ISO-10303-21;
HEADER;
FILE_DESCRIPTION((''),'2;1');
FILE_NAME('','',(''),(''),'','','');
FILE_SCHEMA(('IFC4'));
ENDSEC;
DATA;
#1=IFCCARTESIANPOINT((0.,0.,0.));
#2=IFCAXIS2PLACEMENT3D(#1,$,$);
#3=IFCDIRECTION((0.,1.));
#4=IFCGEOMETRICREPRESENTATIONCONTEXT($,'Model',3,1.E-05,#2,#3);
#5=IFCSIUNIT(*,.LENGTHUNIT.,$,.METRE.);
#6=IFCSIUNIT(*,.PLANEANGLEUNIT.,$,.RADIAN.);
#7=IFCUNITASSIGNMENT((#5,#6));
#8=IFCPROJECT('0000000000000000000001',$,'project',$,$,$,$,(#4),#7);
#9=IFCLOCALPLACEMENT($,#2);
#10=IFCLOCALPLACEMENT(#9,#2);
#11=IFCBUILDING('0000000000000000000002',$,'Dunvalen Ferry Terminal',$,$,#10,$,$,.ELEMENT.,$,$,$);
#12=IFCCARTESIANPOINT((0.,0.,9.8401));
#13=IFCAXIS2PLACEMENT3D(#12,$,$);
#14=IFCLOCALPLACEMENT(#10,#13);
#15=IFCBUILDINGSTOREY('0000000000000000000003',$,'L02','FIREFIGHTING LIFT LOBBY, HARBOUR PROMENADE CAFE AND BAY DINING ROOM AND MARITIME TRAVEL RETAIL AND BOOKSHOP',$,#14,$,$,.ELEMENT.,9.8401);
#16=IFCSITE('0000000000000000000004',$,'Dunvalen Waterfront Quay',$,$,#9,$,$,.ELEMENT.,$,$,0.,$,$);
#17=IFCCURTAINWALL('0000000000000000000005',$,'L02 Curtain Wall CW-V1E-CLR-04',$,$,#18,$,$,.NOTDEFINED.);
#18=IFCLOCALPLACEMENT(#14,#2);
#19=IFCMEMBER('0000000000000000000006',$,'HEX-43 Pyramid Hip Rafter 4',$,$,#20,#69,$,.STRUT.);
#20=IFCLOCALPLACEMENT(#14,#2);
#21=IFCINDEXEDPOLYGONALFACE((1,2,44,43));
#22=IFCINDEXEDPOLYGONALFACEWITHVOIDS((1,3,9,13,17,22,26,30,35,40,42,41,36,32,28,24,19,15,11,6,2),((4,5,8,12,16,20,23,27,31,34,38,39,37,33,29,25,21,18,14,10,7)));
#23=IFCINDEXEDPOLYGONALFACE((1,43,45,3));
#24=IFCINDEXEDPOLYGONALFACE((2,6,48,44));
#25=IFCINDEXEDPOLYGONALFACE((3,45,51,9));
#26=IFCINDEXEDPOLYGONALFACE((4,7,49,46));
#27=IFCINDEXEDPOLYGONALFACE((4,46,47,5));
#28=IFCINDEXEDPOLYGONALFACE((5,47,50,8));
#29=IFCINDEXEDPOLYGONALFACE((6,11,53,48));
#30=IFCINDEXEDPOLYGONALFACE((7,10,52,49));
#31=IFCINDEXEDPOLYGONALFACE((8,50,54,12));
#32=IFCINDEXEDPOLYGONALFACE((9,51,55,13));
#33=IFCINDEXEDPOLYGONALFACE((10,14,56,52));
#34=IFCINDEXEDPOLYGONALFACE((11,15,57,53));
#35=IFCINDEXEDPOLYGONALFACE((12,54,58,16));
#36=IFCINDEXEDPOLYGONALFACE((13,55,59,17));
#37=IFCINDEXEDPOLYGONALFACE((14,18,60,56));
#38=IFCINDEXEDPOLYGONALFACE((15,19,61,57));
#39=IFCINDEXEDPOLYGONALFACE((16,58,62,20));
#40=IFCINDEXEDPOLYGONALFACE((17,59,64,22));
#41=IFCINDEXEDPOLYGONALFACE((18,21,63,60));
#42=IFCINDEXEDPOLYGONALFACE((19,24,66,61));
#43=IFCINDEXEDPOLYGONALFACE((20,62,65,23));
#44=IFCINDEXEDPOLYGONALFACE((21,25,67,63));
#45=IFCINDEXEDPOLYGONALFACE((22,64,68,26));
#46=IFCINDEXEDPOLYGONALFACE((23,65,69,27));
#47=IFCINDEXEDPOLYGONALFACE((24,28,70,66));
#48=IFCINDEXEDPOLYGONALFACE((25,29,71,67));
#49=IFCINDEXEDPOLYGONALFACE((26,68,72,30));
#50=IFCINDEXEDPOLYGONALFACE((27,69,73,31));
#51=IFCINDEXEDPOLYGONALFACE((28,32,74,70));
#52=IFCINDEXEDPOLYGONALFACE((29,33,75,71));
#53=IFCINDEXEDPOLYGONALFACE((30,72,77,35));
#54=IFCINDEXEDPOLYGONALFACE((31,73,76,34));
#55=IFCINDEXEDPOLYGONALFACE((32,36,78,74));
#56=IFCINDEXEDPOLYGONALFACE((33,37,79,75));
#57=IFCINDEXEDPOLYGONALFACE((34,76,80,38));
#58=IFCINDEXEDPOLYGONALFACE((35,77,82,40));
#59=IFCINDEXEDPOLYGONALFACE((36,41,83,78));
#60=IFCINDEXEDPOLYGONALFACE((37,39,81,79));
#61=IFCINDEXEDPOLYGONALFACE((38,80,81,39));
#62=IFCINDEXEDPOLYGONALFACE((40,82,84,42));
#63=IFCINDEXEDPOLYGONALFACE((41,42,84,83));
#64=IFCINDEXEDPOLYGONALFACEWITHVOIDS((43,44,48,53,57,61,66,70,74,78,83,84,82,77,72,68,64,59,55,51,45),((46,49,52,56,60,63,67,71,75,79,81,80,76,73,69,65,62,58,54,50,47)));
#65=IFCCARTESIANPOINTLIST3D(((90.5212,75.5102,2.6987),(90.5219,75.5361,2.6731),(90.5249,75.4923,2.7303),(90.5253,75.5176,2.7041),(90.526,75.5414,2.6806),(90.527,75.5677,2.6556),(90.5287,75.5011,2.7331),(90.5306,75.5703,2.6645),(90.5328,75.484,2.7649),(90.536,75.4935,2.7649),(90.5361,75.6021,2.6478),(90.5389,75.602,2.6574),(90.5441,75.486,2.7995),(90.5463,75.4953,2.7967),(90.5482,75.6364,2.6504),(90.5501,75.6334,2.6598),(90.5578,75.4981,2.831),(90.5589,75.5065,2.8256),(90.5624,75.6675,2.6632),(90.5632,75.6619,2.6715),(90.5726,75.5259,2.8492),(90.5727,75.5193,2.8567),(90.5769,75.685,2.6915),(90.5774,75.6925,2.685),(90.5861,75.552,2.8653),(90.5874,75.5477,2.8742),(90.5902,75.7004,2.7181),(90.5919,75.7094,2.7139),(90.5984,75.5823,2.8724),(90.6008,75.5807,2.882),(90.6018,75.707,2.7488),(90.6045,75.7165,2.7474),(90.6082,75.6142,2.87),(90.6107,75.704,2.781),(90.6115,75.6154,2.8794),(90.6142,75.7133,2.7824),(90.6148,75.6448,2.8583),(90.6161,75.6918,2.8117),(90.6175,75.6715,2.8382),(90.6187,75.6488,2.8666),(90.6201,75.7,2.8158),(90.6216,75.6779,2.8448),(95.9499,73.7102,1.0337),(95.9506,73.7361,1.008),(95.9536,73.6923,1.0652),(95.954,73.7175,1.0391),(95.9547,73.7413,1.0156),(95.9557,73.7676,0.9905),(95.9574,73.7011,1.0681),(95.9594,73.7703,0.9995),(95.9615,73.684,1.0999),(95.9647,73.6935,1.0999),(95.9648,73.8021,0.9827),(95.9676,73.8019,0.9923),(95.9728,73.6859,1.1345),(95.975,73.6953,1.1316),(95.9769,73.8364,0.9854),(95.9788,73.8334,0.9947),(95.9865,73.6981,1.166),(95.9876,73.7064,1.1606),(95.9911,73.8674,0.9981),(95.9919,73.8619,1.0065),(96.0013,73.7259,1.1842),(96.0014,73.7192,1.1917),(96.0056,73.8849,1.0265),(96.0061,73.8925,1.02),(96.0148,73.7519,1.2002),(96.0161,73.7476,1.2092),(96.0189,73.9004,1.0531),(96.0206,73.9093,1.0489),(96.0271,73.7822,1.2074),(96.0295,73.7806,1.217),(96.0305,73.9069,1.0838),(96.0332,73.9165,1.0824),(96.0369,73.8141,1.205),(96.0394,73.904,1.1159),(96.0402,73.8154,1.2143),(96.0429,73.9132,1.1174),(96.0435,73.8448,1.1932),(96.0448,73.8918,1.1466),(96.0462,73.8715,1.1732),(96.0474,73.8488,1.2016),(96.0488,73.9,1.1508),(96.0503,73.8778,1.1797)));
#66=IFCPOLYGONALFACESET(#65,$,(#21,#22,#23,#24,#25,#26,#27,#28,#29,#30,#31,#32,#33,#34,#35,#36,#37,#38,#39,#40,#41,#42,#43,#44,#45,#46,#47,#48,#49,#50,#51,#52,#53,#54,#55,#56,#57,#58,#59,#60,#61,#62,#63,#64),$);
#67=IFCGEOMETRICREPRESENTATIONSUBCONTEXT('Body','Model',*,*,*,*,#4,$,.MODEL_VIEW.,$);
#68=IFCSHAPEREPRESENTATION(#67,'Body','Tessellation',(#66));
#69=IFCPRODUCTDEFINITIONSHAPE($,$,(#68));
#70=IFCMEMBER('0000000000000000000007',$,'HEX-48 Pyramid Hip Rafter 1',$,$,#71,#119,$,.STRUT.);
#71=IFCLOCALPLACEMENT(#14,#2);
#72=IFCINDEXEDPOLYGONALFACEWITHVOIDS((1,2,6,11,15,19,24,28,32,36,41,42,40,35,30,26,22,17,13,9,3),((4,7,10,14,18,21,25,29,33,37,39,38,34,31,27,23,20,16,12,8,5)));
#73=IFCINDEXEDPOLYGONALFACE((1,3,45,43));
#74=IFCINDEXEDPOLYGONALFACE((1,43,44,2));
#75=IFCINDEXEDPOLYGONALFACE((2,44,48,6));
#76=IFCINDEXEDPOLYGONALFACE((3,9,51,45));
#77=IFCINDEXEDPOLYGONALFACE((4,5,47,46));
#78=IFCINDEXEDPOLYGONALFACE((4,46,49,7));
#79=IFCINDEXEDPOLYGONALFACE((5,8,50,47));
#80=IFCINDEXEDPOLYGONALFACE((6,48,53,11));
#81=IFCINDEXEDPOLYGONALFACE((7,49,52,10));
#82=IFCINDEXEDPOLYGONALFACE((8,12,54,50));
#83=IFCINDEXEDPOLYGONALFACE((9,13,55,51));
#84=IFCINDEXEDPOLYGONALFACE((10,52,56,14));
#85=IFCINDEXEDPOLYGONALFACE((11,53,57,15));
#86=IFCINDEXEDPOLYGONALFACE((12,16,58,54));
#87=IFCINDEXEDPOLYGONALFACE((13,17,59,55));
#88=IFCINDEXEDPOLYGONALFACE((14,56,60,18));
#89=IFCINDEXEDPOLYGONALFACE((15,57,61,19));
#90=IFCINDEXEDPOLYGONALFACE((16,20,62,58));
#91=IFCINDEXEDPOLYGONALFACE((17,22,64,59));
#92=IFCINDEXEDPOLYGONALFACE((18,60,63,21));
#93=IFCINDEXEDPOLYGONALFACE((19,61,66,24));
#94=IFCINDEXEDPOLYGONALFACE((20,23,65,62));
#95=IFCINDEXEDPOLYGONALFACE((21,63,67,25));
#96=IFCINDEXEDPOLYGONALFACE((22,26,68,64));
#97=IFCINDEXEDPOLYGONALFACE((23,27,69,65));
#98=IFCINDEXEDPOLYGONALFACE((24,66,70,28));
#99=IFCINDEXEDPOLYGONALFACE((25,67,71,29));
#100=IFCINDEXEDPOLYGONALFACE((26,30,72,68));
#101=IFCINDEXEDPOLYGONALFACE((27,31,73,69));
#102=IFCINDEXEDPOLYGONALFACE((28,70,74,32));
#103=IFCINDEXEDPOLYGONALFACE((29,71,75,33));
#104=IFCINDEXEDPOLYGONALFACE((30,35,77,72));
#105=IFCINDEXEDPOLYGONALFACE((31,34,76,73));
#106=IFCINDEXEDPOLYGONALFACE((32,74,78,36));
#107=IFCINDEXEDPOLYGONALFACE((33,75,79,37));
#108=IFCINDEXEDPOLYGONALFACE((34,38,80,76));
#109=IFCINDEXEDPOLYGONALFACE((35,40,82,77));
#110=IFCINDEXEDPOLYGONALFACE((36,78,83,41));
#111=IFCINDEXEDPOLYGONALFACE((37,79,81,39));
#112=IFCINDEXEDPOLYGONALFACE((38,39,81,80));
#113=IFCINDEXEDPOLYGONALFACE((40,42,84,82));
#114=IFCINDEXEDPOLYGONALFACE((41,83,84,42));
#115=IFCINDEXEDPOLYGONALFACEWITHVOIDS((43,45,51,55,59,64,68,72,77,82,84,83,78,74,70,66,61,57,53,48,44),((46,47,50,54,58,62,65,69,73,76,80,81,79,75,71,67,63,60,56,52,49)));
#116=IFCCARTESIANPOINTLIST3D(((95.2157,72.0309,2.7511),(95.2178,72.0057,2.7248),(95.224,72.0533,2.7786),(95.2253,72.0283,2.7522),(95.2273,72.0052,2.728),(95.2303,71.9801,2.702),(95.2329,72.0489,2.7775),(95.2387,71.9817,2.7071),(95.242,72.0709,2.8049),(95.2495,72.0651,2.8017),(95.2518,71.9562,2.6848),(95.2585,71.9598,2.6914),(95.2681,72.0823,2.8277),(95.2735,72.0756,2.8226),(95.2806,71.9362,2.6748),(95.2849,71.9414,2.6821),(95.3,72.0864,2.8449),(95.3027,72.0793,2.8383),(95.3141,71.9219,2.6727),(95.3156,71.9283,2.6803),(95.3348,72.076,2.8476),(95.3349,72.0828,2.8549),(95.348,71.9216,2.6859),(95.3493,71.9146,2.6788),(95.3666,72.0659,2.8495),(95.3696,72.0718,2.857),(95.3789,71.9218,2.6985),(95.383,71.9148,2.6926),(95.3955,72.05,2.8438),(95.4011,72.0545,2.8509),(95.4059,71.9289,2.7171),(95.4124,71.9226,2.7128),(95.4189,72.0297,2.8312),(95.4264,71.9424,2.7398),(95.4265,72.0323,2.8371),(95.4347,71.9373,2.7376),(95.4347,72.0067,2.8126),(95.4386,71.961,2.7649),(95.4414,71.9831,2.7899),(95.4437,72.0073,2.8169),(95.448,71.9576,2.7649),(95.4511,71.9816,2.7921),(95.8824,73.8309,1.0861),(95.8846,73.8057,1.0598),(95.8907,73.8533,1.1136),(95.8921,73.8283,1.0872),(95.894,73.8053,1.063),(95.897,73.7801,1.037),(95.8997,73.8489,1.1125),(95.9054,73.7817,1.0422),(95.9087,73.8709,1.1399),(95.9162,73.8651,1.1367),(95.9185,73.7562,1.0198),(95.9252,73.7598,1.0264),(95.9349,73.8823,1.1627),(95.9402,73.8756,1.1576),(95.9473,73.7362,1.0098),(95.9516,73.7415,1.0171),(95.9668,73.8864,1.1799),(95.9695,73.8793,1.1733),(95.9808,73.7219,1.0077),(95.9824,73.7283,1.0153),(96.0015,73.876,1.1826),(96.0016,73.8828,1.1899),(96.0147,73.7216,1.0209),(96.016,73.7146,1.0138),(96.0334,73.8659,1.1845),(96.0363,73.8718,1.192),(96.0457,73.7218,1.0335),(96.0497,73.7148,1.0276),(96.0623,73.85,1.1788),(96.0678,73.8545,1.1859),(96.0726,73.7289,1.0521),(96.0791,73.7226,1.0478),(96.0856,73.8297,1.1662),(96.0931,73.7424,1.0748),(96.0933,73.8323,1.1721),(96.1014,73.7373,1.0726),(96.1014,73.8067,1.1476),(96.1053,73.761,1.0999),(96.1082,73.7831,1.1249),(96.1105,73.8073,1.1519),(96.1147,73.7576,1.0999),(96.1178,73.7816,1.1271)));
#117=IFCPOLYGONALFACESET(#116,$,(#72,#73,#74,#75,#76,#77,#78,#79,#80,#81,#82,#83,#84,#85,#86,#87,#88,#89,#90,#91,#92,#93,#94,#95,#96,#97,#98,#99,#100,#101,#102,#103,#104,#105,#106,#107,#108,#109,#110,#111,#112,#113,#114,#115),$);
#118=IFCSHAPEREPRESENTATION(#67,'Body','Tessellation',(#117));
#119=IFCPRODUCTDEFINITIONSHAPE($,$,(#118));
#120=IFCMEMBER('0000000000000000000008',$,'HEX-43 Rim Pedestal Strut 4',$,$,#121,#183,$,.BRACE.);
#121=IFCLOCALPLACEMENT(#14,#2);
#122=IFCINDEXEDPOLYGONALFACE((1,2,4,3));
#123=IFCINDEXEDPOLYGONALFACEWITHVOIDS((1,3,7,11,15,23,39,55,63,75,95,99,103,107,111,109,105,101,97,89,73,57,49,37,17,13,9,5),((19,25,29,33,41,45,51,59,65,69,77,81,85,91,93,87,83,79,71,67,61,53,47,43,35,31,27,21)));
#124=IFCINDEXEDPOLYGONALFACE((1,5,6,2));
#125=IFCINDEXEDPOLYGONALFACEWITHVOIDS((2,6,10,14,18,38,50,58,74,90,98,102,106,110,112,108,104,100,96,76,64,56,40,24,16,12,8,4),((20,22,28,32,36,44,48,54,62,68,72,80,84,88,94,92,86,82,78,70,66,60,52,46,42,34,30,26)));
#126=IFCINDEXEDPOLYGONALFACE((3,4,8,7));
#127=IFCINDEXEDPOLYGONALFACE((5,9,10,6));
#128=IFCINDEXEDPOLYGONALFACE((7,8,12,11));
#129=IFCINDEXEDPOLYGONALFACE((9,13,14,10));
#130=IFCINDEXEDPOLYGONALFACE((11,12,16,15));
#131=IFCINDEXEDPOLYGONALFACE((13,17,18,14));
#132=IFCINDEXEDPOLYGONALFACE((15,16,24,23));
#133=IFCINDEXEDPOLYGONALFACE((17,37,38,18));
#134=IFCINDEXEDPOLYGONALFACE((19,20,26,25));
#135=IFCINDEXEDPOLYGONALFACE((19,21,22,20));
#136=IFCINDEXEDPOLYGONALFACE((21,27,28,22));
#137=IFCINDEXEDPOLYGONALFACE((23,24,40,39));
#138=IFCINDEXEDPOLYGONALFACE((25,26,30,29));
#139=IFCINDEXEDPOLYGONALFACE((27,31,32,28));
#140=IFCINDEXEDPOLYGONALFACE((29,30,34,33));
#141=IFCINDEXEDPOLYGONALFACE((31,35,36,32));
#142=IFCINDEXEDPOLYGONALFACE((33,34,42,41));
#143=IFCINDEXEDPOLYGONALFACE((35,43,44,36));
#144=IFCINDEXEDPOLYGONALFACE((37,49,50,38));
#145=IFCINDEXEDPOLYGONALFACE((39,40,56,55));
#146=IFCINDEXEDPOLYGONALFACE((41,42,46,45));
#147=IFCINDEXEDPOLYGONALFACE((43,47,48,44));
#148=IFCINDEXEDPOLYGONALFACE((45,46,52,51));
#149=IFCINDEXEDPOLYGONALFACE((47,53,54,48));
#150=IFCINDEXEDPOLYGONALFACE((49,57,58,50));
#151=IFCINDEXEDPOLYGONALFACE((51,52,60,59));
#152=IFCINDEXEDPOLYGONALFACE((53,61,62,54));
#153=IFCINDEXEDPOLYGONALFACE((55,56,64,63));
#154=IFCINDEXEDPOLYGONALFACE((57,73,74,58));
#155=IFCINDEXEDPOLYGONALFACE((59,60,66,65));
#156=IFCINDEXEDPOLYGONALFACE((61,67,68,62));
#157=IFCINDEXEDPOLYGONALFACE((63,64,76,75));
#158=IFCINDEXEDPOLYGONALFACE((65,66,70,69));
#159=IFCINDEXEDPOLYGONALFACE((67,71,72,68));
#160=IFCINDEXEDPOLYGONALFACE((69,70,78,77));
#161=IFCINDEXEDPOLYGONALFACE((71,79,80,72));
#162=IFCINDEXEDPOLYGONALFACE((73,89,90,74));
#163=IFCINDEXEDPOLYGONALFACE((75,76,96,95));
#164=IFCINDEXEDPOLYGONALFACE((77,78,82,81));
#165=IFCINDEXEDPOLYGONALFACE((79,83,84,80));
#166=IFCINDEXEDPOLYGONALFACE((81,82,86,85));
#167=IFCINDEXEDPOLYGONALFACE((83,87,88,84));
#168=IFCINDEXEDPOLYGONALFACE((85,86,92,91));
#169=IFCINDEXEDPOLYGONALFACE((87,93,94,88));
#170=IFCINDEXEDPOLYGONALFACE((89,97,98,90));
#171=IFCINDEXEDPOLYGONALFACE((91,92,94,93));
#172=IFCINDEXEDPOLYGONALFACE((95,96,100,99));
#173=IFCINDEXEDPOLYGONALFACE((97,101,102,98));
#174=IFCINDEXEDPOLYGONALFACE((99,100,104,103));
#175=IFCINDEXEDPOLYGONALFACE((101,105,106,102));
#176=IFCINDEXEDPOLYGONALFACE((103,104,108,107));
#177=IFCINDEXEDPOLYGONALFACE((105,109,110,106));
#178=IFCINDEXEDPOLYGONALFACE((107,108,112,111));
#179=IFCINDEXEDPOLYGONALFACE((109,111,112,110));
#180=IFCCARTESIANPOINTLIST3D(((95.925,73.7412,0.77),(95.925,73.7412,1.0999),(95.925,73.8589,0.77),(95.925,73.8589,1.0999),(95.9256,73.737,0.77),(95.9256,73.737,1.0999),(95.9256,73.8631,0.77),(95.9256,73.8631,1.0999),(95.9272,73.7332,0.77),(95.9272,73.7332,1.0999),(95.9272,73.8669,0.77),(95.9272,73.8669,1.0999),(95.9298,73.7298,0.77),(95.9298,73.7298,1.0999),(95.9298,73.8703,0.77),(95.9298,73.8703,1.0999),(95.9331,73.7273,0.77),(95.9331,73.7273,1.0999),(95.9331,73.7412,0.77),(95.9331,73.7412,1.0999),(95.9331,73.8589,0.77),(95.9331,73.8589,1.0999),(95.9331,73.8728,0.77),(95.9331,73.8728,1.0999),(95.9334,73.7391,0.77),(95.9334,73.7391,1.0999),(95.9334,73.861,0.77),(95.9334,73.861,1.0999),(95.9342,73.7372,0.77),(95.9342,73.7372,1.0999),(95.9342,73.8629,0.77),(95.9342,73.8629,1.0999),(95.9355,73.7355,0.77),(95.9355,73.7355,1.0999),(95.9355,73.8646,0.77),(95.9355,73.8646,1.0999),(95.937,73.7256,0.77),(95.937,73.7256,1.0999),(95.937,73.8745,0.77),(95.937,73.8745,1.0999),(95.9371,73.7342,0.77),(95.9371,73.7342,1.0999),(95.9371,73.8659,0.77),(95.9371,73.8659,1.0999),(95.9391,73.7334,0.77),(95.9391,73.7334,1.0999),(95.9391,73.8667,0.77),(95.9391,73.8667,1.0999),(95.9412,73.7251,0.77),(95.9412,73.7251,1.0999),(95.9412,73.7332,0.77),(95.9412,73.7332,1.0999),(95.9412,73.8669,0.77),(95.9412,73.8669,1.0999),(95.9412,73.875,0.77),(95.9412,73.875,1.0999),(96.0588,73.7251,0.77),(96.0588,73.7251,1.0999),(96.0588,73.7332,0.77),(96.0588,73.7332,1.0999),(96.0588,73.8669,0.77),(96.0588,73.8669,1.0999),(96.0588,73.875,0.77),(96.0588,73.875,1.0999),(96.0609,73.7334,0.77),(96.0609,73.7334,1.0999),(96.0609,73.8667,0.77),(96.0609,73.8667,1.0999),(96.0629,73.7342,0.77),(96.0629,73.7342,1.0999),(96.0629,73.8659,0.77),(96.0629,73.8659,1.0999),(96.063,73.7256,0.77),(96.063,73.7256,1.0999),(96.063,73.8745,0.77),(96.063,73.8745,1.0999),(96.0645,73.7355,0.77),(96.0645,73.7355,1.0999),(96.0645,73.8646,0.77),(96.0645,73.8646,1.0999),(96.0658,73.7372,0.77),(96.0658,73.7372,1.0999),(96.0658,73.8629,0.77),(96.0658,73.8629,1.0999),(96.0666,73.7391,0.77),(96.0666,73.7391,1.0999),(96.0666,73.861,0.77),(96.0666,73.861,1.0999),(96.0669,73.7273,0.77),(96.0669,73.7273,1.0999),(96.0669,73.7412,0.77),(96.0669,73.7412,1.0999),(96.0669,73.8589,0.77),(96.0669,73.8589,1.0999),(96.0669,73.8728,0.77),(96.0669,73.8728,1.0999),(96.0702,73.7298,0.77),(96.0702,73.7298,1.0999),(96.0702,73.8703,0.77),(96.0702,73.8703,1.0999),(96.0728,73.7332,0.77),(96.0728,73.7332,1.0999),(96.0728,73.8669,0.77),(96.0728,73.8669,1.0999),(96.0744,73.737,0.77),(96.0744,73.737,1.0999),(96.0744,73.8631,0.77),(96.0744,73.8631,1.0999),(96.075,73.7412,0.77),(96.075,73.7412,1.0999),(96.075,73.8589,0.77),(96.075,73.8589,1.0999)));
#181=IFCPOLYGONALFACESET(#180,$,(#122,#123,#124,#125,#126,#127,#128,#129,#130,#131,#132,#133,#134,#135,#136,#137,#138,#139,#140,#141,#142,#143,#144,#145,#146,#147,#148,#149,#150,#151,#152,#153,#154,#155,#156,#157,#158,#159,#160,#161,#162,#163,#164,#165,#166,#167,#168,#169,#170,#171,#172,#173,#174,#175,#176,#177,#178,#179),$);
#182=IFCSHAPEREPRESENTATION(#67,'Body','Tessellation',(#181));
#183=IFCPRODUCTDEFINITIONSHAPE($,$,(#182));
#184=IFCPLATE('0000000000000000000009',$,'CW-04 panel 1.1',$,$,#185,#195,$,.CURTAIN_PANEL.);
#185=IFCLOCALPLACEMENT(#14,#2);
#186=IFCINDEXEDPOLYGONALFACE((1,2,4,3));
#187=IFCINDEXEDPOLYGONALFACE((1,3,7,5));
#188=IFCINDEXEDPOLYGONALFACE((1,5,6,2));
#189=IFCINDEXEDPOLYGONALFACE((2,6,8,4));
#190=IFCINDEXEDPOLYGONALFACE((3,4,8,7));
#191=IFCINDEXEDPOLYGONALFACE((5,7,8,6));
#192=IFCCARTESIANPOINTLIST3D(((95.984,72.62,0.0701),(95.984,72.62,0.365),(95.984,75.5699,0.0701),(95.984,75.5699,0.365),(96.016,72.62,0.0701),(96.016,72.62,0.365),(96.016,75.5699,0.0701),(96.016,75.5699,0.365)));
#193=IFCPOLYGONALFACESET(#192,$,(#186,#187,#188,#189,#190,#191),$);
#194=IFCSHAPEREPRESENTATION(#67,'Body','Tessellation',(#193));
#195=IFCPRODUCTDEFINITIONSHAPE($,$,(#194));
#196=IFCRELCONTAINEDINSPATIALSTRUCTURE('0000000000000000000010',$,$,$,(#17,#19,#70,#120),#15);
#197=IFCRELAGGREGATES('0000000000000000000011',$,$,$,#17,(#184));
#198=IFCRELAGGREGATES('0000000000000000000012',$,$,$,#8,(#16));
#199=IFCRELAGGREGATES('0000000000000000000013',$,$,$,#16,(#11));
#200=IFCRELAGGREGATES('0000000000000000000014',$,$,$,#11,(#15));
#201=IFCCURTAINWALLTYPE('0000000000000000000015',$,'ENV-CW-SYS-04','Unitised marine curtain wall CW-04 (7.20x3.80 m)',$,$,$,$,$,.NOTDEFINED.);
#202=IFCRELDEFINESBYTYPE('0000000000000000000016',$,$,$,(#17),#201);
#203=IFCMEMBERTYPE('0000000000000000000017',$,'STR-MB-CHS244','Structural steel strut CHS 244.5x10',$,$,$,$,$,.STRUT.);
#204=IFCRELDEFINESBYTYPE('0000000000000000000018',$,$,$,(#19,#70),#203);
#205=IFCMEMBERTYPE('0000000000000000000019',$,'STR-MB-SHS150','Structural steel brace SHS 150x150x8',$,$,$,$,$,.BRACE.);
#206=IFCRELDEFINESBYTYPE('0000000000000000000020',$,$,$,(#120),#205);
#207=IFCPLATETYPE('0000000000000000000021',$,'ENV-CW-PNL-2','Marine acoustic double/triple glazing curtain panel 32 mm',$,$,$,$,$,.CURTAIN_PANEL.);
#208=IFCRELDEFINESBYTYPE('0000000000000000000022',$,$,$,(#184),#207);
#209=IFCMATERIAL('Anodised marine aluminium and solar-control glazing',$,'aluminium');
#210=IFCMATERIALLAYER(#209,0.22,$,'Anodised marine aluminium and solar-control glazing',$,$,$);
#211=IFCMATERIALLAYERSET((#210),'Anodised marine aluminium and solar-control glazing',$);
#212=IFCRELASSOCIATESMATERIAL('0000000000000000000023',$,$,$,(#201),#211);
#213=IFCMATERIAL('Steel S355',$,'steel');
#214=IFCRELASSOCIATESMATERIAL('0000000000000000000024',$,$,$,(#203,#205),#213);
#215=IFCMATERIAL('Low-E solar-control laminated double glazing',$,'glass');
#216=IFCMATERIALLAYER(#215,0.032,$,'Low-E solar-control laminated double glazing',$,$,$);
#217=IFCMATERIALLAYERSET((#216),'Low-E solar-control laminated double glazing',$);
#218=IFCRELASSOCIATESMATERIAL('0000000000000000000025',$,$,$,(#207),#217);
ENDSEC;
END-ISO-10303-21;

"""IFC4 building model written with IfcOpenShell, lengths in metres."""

from ifc_helpers import new_model, si_unit, direction, frame, origin, origin_2d, place, context, subcontext, project, spatial, rectangle, hollow_rectangle, hollow_circle, extrude, material, layer, layer_set, material_profile, profile_set, type_object, element, aggregate, save


model = new_model("IFC4")

# Units and contexts
model_context = context("Model", 3, precision=1e-05, world=origin(), true_north=direction((0.0, 1.0)))
body_context = subcontext(model_context, "Body", "Model", "MODEL_VIEW")
ifc_project = project(units=[si_unit("LENGTHUNIT", "METRE"), si_unit("PLANEANGLEUNIT", "RADIAN")], contexts=[model_context])

# Site, building, storey
site_placement = place(None, origin())
site = spatial("IfcSite", under=ifc_project, at=site_placement, Name="Dunvalen Waterfront Quay", CompositionType="ELEMENT", RefElevation=0.0)
building_placement = place(site_placement, origin())
building = spatial("IfcBuilding", under=site, at=building_placement, Name="Dunvalen Ferry Terminal", CompositionType="ELEMENT")
storey_placement = place(building_placement, frame((0.0, 0.0, 9.8401)))
storey = spatial("IfcBuildingStorey", under=building, at=storey_placement, Name="L02", Description="FIREFIGHTING LIFT LOBBY, HARBOUR PROMENADE CAFE AND BAY DINING ROOM AND MARITIME TRAVEL RETAIL AND BOOKSHOP", CompositionType="ELEMENT", Elevation=9.8401)

# Curtain wall
ifc_material_1 = material(Name="Anodised marine aluminium and solar-control glazing", Category="aluminium")
ifc_layer_1 = layer(ifc_material_1, 0.22, Name="Anodised marine aluminium and solar-control glazing")
ifc_layer_set_1 = layer_set([ifc_layer_1], Name="Anodised marine aluminium and solar-control glazing")
curtain_wall_type = type_object("IfcCurtainWallType", Name="ENV-CW-SYS-04", Description="Unitised marine curtain wall CW-04 (7.20x3.80 m)", PredefinedType="NOTDEFINED", material=ifc_layer_set_1)
curtain_wall_placement = place(storey_placement, origin())
curtain_wall = element("IfcCurtainWall", 1, at=curtain_wall_placement, inside=storey, type_object=curtain_wall_type, Name="L02 Curtain Wall CW-V1E-CLR-04", PredefinedType="NOTDEFINED")

# Shared definitions
ifc_material_2 = material(Name="Steel S355", Category="steel")

# Members
ifc_material_profile_1 = material_profile(ifc_material_2, hollow_circle(Radius=0.1223, WallThickness=0.01, at=origin_2d()), Name="Steel S355")
ifc_profile_set_1 = profile_set([ifc_material_profile_1], Name="Steel S355")
member_type_1 = type_object("IfcMemberType", Name="STR-MB-CHS244", Description="Structural steel strut CHS 244.5x10", PredefinedType="STRUT", material=ifc_profile_set_1)
member_1_placement = place(storey_placement, frame((96.0, 73.8, 1.0999), z_axis=(-0.911347, 0.302184, 0.279519), x_axis=(-0.314729, -0.949182, 0.0)))
element("IfcMember", 2, at=member_1_placement, inside=storey, type_object=member_type_1, Name="HEX-43 Pyramid Hip Rafter 4", PredefinedType="STRUT", context=body_context, shape_type="SweptSolid", body=[
    extrude(hollow_circle(Radius=0.1223, WallThickness=0.01, at=origin_2d()), origin(), (0.0, 0.0, 1.0), 5.9568),
])
member_2_placement = place(storey_placement, frame((96.0, 73.8, 1.0999), z_axis=(-0.262388, -0.70838, 0.655249), x_axis=(0.937738, -0.347343, 0.0)))
element("IfcMember", 3, at=member_2_placement, inside=storey, type_object=member_type_1, Name="HEX-48 Pyramid Hip Rafter 1", PredefinedType="STRUT", context=body_context, shape_type="SweptSolid", body=[
    extrude(hollow_circle(Radius=0.1223, WallThickness=0.01, at=origin_2d()), origin(), (0.0, 0.0, 1.0), 2.541),
])
ifc_material_profile_2 = material_profile(ifc_material_2, hollow_rectangle(XDim=0.1499, YDim=0.1499, WallThickness=0.0081, InnerFilletRadius=0.0081, OuterFilletRadius=0.0161, at=origin_2d()), Name="Steel S355")
ifc_profile_set_2 = profile_set([ifc_material_profile_2], Name="Steel S355")
member_type_2 = type_object("IfcMemberType", Name="STR-MB-SHS150", Description="Structural steel brace SHS 150x150x8", PredefinedType="BRACE", material=ifc_profile_set_2)
member_3_placement = place(storey_placement, frame((96.0, 73.8, 0.77), z_axis=(0.0, 0.0, 1.0), x_axis=(1.0, 0.0, 0.0)))
element("IfcMember", 4, at=member_3_placement, inside=storey, type_object=member_type_2, Name="HEX-43 Rim Pedestal Strut 4", PredefinedType="BRACE", context=body_context, shape_type="SweptSolid", body=[
    extrude(hollow_rectangle(XDim=0.1499, YDim=0.1499, WallThickness=0.0081, InnerFilletRadius=0.0081, OuterFilletRadius=0.0161, at=origin_2d()), origin(), (0.0, 0.0, 1.0), 0.3298),
])

# Plate
ifc_material_3 = material(Name="Low-E solar-control laminated double glazing", Category="glass")
ifc_layer_2 = layer(ifc_material_3, 0.032, Name="Low-E solar-control laminated double glazing")
ifc_layer_set_2 = layer_set([ifc_layer_2], Name="Low-E solar-control laminated double glazing")
plate_type_1 = type_object("IfcPlateType", Name="ENV-CW-PNL-2", Description="Marine acoustic double/triple glazing curtain panel 32 mm", PredefinedType="CURTAIN_PANEL", material=ifc_layer_set_2)
plate_1_placement = place(storey_placement, frame((96.0, 74.095, 0.0701), z_axis=(0.0, 0.0, 1.0), x_axis=(0.0, 1.0, 0.0)))
plate_1 = element("IfcPlate", 5, at=plate_1_placement, type_object=plate_type_1, Name="CW-04 panel 1.1", PredefinedType="CURTAIN_PANEL", context=body_context, shape_type="SweptSolid", body=[
    extrude(rectangle(XDim=2.95, YDim=0.032, at=origin_2d()), origin(), (0.0, 0.0, 1.0), 0.2949),
])
aggregate(curtain_wall, [plate_1])

save(model, "model.ifc")
